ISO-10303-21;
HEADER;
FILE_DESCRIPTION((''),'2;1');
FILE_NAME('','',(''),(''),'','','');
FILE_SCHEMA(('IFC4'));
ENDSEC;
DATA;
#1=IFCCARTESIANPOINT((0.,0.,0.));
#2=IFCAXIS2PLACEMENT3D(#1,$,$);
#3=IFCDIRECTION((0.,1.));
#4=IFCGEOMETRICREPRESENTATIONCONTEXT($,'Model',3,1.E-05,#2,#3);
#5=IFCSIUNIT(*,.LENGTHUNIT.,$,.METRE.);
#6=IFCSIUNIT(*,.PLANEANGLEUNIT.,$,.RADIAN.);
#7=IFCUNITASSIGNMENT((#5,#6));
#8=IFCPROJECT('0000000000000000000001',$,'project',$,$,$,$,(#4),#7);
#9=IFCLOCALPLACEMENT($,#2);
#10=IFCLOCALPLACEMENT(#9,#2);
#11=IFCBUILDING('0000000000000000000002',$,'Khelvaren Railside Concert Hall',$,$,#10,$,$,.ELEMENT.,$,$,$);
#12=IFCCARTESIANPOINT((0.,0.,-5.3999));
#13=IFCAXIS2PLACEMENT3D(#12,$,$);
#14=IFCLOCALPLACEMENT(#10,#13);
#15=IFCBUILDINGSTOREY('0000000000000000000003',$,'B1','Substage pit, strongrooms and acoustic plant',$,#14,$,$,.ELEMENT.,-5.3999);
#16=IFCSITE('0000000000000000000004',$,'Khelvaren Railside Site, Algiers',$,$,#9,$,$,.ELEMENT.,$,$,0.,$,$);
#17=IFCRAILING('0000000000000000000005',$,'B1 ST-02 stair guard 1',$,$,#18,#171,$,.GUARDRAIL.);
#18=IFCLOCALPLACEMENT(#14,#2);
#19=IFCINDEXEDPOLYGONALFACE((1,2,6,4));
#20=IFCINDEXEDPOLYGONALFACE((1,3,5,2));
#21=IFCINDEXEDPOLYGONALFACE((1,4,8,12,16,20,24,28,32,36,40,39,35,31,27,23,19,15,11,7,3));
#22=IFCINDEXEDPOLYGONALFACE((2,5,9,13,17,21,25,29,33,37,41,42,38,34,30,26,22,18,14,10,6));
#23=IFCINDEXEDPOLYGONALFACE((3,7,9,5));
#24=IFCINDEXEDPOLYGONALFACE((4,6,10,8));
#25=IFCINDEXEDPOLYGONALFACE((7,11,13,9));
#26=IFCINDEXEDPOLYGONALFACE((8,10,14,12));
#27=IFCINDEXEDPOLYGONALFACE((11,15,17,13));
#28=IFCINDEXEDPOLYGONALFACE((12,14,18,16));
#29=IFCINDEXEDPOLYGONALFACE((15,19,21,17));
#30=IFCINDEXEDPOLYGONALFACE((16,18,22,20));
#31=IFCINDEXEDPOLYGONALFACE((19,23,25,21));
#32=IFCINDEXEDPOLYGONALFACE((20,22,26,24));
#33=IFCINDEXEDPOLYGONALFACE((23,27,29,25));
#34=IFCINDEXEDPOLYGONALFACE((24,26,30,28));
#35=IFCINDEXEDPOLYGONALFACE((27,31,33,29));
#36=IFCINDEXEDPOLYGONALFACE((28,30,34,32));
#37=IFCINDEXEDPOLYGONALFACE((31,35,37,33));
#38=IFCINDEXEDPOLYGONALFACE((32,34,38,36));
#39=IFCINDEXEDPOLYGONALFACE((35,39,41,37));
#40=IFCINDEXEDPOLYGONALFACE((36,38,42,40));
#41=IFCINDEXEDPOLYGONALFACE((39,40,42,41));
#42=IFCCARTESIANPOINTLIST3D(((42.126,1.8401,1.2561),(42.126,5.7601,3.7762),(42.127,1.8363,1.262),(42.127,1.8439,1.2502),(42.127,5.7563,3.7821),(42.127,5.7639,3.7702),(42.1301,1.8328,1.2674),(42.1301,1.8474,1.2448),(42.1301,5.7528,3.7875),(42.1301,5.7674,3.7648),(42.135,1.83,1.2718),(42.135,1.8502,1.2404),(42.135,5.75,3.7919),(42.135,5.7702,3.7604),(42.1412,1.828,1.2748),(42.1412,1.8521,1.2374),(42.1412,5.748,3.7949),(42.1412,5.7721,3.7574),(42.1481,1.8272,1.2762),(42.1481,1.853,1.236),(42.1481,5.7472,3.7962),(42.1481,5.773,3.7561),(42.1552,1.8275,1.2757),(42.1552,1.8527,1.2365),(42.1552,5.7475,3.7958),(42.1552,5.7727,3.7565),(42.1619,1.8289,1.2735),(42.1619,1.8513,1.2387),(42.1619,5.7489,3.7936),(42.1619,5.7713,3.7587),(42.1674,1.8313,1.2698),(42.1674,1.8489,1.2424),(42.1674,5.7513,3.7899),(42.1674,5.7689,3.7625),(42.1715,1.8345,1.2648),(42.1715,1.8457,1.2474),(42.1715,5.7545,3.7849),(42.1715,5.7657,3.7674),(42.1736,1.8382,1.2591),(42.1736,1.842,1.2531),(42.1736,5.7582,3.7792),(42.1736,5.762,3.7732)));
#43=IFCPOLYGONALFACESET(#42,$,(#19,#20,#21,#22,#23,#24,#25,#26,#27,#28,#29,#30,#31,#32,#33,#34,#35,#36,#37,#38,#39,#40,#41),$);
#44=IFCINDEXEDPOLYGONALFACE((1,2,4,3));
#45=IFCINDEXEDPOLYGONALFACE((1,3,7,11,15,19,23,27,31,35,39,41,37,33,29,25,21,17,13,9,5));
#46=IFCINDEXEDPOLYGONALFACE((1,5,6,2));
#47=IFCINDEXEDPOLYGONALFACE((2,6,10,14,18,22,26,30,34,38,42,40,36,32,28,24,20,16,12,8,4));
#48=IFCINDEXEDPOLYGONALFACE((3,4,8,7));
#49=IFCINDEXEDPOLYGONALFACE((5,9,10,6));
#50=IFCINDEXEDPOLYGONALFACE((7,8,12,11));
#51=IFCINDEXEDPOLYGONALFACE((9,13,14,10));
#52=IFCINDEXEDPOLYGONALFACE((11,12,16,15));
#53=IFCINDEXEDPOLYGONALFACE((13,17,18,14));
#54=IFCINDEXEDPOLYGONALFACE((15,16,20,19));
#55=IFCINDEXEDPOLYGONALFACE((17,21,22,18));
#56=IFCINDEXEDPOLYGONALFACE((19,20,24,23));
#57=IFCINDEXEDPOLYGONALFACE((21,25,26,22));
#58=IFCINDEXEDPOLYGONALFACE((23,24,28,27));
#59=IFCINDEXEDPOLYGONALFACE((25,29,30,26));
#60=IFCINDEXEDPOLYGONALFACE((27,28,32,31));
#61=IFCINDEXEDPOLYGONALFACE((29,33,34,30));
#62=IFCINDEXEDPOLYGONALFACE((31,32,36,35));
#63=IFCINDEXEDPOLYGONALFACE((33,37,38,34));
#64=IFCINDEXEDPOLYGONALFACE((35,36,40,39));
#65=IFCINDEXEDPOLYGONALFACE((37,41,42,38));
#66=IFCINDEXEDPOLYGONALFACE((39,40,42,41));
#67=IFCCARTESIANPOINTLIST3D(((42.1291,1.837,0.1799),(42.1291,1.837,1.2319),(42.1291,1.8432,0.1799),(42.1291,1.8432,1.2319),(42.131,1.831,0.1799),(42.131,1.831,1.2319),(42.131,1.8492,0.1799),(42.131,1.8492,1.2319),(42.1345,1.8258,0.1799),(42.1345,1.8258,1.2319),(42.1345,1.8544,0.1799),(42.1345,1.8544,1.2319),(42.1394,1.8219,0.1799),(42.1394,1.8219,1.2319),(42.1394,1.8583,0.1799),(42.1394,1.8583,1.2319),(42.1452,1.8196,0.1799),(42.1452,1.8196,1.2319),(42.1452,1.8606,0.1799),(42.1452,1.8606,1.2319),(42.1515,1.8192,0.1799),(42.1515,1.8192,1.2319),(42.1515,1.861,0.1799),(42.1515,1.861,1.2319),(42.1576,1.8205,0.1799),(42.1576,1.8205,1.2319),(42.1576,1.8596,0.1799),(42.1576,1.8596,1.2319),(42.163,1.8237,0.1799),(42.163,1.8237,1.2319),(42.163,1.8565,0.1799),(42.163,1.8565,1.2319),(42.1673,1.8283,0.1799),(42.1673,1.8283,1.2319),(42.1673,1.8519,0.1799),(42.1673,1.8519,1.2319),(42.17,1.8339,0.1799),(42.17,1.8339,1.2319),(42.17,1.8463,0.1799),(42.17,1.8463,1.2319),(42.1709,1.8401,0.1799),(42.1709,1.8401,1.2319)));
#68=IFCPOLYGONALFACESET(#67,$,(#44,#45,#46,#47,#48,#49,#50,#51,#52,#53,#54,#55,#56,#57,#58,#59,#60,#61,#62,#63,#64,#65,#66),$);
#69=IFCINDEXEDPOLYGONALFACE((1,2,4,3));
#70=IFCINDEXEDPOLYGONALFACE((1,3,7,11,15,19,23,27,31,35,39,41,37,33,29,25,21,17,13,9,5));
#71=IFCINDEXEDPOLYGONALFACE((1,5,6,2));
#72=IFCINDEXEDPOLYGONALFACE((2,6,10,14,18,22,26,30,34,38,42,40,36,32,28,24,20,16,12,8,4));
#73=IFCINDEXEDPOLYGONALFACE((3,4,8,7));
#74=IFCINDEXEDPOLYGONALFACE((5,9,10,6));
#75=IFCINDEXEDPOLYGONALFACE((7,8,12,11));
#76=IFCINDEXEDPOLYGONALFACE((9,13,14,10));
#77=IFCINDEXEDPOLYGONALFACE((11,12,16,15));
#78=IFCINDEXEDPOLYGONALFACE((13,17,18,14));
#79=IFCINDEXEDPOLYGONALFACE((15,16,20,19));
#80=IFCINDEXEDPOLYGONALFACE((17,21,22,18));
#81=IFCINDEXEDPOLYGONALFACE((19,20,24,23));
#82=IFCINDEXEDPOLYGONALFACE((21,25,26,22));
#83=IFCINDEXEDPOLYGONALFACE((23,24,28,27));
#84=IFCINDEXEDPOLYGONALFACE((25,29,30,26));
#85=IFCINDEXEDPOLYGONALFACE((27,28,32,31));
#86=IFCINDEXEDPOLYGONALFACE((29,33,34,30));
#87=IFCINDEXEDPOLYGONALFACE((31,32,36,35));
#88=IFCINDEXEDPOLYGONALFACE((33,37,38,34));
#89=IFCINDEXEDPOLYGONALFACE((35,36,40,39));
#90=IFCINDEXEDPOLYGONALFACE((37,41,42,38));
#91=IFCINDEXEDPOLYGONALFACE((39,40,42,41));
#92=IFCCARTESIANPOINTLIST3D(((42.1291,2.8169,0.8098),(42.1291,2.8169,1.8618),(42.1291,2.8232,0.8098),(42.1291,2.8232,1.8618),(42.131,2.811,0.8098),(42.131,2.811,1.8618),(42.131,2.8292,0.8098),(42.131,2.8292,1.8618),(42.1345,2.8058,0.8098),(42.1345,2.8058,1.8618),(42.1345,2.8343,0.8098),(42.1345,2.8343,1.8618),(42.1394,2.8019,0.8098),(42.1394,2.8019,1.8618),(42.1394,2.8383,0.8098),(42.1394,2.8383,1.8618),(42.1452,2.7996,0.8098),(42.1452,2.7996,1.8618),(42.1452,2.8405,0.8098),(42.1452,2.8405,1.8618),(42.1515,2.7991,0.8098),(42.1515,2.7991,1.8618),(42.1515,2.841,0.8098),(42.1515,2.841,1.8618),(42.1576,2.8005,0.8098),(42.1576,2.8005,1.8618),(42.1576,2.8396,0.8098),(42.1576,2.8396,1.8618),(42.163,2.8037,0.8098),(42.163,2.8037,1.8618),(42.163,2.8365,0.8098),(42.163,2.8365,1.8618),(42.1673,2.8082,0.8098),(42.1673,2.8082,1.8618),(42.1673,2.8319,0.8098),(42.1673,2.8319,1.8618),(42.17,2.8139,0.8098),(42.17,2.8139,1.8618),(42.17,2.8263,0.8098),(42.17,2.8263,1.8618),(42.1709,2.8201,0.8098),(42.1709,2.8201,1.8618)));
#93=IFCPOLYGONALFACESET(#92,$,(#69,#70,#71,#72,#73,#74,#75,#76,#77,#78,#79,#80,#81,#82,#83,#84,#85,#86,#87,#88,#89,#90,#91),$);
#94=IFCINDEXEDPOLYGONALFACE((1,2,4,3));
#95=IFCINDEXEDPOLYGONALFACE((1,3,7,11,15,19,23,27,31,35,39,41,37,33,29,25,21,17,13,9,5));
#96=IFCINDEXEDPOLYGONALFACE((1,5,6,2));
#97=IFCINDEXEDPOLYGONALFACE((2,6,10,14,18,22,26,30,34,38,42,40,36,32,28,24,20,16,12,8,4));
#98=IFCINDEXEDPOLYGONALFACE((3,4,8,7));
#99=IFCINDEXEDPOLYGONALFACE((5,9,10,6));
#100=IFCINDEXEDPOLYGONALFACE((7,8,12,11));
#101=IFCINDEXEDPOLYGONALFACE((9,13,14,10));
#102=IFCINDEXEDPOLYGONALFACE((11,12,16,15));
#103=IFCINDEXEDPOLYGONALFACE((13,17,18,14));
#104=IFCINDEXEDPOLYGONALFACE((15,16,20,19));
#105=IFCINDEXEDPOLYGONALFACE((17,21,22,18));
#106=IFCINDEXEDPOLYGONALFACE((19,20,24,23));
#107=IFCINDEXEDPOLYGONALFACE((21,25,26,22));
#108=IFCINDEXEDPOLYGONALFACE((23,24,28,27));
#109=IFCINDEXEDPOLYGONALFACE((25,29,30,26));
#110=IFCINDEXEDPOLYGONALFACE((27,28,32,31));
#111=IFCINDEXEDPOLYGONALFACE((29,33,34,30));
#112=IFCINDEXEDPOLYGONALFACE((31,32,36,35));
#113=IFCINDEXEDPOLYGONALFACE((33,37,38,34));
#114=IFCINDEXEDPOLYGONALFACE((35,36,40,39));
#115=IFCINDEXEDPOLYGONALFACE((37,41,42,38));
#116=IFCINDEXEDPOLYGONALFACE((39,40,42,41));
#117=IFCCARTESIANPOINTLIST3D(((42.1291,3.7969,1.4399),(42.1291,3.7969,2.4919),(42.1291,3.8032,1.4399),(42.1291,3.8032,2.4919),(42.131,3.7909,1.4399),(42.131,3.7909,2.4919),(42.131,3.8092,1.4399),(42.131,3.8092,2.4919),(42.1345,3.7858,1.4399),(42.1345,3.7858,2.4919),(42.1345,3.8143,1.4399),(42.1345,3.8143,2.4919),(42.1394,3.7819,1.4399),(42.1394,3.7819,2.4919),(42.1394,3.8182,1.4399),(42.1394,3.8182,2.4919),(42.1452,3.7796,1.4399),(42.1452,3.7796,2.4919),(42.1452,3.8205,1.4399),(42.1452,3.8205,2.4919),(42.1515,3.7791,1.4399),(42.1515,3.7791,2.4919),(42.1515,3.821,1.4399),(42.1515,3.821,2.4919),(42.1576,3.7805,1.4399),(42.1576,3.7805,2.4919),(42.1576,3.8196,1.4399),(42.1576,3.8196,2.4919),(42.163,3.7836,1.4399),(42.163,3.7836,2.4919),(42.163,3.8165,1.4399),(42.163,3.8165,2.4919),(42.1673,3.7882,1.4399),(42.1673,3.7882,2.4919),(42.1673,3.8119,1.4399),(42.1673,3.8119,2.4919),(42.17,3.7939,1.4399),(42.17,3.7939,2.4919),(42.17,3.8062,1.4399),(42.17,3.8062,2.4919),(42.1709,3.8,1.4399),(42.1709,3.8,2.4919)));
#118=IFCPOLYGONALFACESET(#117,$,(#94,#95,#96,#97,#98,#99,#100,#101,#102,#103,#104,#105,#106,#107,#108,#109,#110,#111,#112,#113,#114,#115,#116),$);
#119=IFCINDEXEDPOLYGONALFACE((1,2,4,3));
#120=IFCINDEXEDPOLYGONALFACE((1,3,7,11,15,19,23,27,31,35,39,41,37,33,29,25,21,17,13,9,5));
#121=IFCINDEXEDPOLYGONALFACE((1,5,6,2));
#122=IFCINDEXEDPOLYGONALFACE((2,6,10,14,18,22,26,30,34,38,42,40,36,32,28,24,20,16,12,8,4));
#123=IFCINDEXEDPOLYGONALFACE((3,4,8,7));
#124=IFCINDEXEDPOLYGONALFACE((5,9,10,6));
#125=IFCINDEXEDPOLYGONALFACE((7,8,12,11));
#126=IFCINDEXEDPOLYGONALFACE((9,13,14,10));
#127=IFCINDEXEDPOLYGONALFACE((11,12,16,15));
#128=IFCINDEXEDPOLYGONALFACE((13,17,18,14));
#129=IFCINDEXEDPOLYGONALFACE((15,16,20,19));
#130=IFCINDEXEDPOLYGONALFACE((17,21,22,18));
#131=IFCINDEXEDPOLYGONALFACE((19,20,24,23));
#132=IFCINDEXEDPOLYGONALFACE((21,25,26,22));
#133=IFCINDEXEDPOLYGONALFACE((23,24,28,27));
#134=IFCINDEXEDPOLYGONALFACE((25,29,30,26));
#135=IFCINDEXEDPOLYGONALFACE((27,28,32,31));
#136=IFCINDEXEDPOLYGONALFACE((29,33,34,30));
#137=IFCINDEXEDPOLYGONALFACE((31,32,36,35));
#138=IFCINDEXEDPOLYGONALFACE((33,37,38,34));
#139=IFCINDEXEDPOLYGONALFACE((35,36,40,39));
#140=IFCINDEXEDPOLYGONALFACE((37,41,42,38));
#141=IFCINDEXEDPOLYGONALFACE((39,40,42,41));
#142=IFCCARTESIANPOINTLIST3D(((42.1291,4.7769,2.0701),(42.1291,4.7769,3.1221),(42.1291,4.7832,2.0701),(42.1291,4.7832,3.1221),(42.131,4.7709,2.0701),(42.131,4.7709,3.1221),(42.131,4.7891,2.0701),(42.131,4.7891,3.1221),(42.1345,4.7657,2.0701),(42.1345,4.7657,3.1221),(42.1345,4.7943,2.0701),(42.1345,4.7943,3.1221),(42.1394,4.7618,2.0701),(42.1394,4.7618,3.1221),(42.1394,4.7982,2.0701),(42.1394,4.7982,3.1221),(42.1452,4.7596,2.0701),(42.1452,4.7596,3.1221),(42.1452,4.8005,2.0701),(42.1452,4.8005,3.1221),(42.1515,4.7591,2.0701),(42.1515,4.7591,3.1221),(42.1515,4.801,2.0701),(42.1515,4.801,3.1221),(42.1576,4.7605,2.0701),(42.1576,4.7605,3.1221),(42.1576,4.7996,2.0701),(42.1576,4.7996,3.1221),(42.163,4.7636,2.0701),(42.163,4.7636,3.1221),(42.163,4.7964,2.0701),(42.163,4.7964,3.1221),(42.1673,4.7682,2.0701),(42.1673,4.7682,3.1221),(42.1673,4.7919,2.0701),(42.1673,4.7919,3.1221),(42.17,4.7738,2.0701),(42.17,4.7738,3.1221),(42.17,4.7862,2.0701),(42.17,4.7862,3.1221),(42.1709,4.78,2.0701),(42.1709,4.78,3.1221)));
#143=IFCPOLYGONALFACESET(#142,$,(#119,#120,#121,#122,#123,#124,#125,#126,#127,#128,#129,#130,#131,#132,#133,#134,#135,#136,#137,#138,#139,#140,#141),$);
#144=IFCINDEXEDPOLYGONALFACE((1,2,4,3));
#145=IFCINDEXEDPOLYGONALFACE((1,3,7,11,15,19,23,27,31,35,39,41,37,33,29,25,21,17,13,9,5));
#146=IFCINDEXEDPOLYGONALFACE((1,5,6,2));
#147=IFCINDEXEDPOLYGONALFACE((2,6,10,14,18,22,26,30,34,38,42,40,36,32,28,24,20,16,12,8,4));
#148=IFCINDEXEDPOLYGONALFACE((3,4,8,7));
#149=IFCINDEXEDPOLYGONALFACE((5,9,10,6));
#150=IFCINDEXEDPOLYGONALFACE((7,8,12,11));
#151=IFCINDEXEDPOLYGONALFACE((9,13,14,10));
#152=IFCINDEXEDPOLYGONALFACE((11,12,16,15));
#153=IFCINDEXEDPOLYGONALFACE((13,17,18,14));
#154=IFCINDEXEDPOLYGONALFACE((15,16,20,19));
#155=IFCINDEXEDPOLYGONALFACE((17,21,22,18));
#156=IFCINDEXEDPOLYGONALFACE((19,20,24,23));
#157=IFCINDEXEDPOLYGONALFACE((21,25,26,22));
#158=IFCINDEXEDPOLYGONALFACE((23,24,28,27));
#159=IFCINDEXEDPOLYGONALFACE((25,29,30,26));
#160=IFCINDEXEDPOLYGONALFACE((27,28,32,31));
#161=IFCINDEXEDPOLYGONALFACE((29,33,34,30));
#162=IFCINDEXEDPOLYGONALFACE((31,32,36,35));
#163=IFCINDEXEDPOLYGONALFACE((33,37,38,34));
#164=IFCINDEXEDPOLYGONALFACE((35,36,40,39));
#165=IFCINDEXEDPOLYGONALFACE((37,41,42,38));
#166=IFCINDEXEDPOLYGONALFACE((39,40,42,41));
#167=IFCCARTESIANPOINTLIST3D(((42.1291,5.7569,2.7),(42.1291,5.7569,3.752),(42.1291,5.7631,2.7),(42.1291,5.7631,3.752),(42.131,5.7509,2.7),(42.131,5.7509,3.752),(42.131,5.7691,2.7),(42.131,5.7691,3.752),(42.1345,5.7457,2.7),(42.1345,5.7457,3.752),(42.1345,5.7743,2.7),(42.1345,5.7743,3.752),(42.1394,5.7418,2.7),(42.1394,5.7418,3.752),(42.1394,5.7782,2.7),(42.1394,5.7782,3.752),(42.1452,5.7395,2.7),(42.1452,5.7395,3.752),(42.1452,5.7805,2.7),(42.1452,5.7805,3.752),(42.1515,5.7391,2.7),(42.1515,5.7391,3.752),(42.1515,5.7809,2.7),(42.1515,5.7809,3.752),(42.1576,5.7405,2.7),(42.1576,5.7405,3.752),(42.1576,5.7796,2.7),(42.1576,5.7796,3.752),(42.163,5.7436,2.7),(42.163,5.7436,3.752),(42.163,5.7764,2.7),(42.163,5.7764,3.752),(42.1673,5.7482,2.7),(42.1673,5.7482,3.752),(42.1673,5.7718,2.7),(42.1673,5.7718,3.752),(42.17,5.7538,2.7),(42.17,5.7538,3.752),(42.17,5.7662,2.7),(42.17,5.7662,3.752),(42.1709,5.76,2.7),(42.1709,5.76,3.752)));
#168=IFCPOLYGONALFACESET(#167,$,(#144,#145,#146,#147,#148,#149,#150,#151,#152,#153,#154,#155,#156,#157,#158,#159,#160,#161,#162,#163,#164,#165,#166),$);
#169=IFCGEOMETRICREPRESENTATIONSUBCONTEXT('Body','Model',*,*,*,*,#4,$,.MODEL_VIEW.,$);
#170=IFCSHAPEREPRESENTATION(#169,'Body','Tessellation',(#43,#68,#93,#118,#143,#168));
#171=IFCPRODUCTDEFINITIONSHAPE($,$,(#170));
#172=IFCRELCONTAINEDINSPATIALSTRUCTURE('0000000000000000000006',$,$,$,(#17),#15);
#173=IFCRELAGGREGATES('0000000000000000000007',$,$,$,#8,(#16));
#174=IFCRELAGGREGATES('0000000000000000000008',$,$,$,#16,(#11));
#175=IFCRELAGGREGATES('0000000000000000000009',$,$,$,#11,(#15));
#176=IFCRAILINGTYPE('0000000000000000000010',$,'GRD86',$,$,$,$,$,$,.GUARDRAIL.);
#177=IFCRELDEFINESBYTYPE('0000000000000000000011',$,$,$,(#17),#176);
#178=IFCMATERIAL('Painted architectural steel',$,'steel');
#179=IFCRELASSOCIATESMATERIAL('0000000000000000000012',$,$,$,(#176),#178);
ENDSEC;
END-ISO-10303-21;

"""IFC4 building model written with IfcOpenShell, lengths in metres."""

from ifc_helpers import new_model, si_unit, direction, frame, origin, origin_2d, place, context, subcontext, project, spatial, circle, extrude, material, type_object, element, save


model = new_model("IFC4")

# Units and contexts
model_context = context("Model", 3, precision=1e-05, world=origin(), true_north=direction((0.0, 1.0)))
body_context = subcontext(model_context, "Body", "Model", "MODEL_VIEW")
ifc_project = project(units=[si_unit("LENGTHUNIT", "METRE"), si_unit("PLANEANGLEUNIT", "RADIAN")], contexts=[model_context])

# Site, building, storey
site_placement = place(None, origin())
site = spatial("IfcSite", under=ifc_project, at=site_placement, Name="Khelvaren Railside Site, Algiers", CompositionType="ELEMENT", RefElevation=0.0)
building_placement = place(site_placement, origin())
building = spatial("IfcBuilding", under=site, at=building_placement, Name="Khelvaren Railside Concert Hall", CompositionType="ELEMENT")
storey_placement = place(building_placement, frame((0.0, 0.0, -5.3999)))
storey = spatial("IfcBuildingStorey", under=building, at=storey_placement, Name="B1", Description="Substage pit, strongrooms and acoustic plant", CompositionType="ELEMENT", Elevation=-5.3999)

# Railing
ifc_material_1 = material(Name="Painted architectural steel", Category="steel")
railing_type_1 = type_object("IfcRailingType", Name="GRD86", PredefinedType="GUARDRAIL", material=ifc_material_1)
railing_1_placement = place(storey_placement, frame((42.1499, 1.8401, 0.1799)))
element("IfcRailing", 1, at=railing_1_placement, inside=storey, type_object=railing_type_1, Name="B1 ST-02 stair guard 1", PredefinedType="GUARDRAIL", context=body_context, shape_type="SweptSolid", body=[
    extrude(circle(Radius=0.0239, at=origin_2d()), frame((0.0, 0.0, 1.0762), z_axis=(0.0, 0.841172, 0.540768), x_axis=(-1.0, 0.0, 0.0)), (0.0, 0.0, 1.0), 4.6602),
    extrude(circle(Radius=0.021, at=origin_2d()), origin(), (0.0, 0.0, 1.0), 1.052),
    extrude(circle(Radius=0.021, at=origin_2d()), frame((0.0, 0.98, 0.6299)), (0.0, 0.0, 1.0), 1.052),
    extrude(circle(Radius=0.021, at=origin_2d()), frame((0.0, 1.96, 1.26)), (0.0, 0.0, 1.0), 1.052),
    extrude(circle(Radius=0.021, at=origin_2d()), frame((0.0, 2.9399, 1.8901)), (0.0, 0.0, 1.0), 1.052),
    extrude(circle(Radius=0.021, at=origin_2d()), frame((0.0, 3.9199, 2.52)), (0.0, 0.0, 1.0), 1.052),
])

save(model, "model.ifc")
